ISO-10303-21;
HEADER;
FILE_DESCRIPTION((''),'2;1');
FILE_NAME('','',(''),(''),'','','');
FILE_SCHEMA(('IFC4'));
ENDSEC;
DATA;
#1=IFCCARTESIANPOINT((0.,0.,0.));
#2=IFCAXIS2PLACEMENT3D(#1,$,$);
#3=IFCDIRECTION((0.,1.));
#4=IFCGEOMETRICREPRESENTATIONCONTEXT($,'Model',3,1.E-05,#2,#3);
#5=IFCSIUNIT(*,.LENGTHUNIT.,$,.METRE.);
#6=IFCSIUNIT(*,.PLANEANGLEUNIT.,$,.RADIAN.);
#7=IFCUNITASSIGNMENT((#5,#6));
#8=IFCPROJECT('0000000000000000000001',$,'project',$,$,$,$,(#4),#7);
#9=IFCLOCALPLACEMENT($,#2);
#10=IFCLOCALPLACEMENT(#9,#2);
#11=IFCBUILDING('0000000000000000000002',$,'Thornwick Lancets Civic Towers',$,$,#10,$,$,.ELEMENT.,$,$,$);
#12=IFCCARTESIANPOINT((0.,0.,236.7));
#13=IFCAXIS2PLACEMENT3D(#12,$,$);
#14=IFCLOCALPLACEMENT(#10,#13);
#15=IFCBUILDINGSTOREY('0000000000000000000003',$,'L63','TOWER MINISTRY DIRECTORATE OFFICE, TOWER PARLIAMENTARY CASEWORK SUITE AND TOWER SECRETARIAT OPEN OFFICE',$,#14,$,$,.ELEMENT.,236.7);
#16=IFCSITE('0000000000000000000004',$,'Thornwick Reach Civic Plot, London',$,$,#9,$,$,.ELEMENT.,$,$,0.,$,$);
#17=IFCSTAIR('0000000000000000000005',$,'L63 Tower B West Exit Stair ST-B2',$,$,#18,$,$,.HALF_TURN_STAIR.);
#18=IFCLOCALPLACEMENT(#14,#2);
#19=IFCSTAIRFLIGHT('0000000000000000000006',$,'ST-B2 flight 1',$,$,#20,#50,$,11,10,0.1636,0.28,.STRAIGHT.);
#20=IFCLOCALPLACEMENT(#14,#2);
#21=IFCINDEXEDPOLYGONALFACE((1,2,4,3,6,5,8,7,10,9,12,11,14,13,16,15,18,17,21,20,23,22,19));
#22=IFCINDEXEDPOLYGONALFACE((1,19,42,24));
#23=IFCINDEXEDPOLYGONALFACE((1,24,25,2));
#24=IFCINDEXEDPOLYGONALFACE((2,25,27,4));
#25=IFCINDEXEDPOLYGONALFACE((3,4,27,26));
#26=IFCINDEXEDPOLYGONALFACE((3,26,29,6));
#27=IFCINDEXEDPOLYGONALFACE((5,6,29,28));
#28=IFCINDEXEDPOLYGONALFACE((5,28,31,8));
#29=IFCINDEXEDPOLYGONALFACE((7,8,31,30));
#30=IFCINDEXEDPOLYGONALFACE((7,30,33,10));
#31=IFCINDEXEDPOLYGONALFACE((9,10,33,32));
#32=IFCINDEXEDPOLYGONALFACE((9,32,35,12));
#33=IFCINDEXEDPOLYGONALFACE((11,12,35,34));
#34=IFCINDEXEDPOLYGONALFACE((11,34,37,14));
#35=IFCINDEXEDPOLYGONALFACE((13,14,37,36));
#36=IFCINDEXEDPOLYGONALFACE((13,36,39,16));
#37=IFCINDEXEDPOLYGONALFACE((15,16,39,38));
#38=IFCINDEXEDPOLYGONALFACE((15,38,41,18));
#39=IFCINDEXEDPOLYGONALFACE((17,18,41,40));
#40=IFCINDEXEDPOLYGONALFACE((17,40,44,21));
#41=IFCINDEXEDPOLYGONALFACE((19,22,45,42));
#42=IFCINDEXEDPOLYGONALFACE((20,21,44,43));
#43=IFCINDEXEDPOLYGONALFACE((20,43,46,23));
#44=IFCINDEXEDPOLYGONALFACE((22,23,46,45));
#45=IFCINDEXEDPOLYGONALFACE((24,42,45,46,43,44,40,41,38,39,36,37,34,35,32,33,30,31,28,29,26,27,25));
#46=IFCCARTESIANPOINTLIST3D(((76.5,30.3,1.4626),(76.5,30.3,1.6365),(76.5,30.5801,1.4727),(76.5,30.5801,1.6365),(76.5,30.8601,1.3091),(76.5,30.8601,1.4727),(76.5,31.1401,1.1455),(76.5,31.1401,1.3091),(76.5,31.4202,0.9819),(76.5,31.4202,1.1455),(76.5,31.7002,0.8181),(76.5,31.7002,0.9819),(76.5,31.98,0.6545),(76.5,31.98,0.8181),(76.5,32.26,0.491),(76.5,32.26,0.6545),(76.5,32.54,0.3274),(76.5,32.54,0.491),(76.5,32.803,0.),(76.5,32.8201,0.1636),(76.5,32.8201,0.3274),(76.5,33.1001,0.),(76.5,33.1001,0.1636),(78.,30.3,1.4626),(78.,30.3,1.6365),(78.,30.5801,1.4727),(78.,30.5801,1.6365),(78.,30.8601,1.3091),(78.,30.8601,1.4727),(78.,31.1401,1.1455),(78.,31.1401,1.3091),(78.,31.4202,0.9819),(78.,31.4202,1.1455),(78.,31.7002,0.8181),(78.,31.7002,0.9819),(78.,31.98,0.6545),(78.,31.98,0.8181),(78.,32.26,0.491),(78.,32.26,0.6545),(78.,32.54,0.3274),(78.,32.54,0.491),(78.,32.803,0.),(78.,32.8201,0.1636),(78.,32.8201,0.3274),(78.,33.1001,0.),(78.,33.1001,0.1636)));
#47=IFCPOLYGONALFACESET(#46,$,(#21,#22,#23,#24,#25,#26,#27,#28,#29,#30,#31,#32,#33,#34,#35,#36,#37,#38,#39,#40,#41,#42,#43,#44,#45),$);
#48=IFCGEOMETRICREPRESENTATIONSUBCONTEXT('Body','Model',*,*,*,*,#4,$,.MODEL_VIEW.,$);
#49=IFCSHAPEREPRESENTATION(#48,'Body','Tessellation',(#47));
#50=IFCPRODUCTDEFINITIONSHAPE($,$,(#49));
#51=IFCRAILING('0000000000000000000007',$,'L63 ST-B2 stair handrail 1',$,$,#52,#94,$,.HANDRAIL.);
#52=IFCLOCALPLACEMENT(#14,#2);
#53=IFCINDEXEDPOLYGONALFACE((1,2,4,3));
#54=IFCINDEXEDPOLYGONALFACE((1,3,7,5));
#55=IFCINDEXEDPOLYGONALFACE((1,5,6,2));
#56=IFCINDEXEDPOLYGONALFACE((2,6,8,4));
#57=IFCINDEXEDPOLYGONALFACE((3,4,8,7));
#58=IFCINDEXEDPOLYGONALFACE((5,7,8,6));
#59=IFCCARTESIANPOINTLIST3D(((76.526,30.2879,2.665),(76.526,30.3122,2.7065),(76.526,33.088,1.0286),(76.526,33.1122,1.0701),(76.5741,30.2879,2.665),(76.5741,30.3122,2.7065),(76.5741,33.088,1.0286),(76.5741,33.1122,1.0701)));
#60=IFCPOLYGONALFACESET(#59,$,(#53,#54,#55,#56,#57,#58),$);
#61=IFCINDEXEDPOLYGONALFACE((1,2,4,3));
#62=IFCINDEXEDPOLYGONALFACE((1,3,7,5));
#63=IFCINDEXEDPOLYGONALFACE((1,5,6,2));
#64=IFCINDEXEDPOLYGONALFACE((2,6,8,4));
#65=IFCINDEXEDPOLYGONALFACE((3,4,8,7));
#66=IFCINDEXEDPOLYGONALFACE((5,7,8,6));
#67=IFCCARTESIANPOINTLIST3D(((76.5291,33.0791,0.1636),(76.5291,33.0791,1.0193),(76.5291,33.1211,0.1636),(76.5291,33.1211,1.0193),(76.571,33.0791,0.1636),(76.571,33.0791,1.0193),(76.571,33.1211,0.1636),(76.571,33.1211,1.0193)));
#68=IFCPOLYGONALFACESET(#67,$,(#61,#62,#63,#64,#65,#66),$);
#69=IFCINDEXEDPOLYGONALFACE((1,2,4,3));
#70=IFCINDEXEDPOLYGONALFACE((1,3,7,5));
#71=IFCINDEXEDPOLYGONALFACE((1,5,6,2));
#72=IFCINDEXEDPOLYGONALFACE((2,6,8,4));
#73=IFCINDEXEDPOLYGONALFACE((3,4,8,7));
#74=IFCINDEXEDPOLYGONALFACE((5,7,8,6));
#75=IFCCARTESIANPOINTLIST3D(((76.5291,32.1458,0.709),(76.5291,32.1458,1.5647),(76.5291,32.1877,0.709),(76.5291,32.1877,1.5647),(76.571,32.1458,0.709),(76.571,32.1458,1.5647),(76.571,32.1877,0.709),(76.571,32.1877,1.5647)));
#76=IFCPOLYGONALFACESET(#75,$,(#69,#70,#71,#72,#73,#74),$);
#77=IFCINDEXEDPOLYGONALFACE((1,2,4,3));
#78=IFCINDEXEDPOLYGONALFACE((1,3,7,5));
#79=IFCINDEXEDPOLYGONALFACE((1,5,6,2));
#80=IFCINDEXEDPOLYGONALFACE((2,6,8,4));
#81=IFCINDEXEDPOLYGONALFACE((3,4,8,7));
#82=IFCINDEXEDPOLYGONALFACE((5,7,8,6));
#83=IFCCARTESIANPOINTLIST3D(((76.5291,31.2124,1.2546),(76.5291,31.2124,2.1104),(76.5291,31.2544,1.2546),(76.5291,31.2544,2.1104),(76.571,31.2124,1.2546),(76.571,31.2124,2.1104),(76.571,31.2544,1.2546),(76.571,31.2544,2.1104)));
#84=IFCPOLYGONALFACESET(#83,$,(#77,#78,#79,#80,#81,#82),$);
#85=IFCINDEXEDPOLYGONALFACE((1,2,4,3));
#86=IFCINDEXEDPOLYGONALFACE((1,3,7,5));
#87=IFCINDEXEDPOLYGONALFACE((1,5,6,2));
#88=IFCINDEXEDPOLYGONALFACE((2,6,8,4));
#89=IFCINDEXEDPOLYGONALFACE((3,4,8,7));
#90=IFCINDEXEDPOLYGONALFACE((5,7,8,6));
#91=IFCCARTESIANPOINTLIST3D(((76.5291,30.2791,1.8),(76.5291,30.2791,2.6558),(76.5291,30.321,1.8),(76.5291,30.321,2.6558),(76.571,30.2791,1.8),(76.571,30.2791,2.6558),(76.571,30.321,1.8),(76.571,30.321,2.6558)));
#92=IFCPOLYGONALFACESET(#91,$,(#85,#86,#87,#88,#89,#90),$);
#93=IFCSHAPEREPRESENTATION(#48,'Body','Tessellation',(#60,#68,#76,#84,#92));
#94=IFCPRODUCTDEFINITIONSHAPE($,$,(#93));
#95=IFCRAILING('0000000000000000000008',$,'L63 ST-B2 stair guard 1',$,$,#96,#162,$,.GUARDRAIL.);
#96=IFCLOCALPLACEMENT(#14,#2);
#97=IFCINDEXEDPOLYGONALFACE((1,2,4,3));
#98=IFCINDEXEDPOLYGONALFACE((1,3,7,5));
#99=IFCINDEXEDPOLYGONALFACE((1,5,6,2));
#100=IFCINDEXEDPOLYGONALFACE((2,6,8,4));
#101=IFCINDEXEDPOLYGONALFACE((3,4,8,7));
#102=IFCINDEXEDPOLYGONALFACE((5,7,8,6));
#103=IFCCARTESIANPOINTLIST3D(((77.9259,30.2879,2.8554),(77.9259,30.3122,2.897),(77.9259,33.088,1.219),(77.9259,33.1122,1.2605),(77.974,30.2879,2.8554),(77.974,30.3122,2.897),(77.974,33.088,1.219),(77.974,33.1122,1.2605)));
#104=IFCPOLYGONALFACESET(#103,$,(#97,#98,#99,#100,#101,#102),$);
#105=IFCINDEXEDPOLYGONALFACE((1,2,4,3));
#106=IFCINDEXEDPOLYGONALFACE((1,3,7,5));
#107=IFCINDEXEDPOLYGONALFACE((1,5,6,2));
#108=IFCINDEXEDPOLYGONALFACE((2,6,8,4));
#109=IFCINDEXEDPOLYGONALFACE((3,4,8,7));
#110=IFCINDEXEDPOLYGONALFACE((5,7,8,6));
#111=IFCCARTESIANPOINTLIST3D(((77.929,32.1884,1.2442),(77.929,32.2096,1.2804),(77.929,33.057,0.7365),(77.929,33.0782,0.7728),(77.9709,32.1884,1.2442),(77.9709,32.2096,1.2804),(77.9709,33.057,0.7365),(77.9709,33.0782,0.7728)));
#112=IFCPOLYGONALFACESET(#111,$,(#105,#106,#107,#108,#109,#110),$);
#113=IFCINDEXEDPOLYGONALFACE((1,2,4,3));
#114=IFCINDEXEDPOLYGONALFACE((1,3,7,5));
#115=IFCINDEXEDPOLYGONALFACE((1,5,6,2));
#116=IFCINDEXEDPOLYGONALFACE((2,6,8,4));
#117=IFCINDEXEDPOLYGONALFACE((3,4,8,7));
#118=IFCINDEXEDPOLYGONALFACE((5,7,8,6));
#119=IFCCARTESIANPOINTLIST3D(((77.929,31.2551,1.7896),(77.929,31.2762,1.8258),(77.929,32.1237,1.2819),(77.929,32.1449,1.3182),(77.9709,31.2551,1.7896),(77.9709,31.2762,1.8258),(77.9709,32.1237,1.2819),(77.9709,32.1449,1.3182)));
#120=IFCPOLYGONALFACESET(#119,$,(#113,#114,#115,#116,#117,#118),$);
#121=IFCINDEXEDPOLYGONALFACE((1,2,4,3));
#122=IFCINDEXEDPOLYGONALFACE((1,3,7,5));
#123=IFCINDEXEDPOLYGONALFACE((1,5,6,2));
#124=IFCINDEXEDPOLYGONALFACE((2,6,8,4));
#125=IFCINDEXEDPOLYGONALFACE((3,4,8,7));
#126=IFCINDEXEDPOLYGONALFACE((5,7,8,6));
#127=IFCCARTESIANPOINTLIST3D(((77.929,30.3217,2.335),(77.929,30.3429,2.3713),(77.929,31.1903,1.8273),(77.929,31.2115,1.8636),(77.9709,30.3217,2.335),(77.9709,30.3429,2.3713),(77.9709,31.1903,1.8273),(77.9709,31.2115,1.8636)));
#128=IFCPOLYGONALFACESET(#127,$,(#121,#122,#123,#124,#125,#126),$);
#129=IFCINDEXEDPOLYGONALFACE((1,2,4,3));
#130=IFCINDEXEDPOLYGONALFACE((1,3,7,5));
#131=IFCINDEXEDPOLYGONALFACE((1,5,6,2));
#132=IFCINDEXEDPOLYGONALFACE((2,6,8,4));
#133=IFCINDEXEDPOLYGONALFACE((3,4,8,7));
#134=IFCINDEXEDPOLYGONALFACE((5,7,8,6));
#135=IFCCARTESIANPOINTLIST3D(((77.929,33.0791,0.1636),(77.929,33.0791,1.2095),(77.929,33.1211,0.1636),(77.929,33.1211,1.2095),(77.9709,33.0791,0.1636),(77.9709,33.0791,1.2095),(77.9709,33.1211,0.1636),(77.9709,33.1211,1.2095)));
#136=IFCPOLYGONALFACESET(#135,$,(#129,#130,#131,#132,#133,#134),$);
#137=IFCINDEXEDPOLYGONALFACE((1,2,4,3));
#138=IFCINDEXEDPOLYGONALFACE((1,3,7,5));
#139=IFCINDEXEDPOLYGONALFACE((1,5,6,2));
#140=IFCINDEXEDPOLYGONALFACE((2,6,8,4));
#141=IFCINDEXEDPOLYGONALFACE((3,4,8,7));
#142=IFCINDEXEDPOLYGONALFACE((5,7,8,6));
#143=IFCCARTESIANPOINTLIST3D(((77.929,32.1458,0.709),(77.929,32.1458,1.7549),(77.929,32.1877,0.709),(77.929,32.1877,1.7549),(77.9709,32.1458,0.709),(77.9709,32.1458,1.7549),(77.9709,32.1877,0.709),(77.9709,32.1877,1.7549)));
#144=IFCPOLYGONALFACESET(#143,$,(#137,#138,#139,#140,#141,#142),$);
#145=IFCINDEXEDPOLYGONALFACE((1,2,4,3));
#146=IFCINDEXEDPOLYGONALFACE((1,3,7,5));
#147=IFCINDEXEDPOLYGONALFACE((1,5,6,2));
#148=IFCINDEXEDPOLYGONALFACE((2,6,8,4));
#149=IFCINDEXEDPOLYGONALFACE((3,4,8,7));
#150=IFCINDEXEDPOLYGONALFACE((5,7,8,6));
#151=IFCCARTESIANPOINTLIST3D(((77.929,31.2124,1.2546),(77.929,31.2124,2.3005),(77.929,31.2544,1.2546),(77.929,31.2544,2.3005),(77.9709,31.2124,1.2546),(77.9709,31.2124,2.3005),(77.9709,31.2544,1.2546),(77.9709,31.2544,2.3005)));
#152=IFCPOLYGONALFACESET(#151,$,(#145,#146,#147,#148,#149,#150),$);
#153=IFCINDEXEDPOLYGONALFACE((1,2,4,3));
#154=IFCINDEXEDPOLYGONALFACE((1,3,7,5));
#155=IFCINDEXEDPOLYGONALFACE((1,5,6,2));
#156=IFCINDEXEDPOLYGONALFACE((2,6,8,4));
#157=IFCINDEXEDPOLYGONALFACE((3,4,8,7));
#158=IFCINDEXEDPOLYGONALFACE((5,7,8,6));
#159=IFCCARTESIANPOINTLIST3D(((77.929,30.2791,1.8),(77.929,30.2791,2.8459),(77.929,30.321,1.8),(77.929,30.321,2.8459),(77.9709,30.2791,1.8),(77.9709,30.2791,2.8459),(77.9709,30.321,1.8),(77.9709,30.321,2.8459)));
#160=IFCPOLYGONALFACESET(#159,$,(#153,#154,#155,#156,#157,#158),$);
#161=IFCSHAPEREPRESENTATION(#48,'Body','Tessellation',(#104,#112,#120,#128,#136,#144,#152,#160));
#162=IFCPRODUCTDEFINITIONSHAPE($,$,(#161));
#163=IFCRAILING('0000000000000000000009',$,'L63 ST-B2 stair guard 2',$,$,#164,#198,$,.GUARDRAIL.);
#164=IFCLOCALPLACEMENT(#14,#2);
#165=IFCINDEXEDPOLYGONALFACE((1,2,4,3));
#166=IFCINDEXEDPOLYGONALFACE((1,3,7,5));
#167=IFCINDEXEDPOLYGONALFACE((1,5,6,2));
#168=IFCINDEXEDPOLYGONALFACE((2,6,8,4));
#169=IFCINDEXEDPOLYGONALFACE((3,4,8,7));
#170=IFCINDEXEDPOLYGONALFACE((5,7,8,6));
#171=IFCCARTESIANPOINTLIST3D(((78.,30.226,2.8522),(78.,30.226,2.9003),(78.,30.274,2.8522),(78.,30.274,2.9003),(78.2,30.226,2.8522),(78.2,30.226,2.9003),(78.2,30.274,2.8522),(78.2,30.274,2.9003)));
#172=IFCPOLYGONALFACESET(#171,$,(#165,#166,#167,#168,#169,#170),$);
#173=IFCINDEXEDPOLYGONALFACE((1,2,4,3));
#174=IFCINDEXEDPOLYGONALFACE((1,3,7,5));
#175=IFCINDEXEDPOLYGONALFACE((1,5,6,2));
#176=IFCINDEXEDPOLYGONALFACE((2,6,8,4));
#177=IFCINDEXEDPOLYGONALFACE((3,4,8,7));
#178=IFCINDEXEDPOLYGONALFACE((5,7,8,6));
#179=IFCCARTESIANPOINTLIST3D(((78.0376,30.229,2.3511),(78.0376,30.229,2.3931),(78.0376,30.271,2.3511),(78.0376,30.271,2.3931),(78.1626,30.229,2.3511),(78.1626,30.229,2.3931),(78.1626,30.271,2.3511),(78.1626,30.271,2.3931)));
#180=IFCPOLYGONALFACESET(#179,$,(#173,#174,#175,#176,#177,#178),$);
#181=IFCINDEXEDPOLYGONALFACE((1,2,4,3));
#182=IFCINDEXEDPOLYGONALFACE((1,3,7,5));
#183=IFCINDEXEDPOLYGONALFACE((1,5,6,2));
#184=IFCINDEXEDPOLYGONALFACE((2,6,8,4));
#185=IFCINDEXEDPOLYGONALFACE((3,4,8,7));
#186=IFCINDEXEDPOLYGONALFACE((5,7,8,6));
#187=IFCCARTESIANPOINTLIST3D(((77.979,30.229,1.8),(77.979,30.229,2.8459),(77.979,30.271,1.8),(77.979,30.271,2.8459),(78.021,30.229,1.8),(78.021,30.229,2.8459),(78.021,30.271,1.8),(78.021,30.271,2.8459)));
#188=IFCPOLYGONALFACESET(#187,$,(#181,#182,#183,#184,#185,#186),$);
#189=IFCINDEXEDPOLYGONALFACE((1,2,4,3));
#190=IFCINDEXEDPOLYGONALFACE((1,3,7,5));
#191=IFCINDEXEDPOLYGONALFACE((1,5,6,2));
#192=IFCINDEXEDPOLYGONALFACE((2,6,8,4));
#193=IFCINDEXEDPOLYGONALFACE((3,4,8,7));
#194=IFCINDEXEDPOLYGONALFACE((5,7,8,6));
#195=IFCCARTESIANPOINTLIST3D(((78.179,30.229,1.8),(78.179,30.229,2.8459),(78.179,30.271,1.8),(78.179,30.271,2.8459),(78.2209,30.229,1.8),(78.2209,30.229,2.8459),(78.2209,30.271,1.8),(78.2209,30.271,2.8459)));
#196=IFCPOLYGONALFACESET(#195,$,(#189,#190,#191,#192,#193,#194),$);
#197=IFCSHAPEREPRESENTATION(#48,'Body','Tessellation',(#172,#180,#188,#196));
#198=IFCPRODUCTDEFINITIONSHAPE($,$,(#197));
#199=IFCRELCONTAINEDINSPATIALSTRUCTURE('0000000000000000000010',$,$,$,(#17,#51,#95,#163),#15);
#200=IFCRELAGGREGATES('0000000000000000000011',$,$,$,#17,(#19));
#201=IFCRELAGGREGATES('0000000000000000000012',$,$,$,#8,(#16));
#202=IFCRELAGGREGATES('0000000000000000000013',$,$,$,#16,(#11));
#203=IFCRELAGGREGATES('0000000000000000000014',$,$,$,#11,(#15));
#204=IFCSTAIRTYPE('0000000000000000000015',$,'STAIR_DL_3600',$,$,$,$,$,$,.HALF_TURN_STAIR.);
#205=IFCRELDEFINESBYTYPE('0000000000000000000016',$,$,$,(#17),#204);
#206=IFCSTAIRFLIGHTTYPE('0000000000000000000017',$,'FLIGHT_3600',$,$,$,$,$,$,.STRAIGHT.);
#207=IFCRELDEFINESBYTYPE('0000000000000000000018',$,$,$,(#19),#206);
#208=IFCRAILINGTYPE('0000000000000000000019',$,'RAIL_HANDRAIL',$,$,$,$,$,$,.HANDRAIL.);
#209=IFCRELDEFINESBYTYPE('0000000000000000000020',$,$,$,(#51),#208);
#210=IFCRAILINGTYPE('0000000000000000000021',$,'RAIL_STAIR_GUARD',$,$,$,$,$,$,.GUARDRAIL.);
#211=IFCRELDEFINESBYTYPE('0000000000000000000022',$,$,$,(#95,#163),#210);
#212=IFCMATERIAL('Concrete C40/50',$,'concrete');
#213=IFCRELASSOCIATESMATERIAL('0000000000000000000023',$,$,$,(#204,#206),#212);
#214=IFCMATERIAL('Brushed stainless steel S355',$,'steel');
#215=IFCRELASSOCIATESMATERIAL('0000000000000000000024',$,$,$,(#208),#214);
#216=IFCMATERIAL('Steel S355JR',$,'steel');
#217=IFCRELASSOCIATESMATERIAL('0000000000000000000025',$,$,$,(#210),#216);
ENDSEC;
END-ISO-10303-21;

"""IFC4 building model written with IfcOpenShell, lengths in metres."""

from ifc_helpers import new_model, si_unit, direction, frame, origin, origin_2d, place, context, subcontext, project, spatial, polyline, rectangle, outline, extrude, material, type_object, element, aggregate, save


model = new_model("IFC4")

# Units and contexts
model_context = context("Model", 3, precision=1e-05, world=origin(), true_north=direction((0.0, 1.0)))
body_context = subcontext(model_context, "Body", "Model", "MODEL_VIEW")
ifc_project = project(units=[si_unit("LENGTHUNIT", "METRE"), si_unit("PLANEANGLEUNIT", "RADIAN")], contexts=[model_context])

# Site, building, storey
site_placement = place(None, origin())
site = spatial("IfcSite", under=ifc_project, at=site_placement, Name="Thornwick Reach Civic Plot, London", CompositionType="ELEMENT", RefElevation=0.0)
building_placement = place(site_placement, origin())
building = spatial("IfcBuilding", under=site, at=building_placement, Name="Thornwick Lancets Civic Towers", CompositionType="ELEMENT")
storey_placement = place(building_placement, frame((0.0, 0.0, 236.7)))
storey = spatial("IfcBuildingStorey", under=building, at=storey_placement, Name="L63", Description="TOWER MINISTRY DIRECTORATE OFFICE, TOWER PARLIAMENTARY CASEWORK SUITE AND TOWER SECRETARIAT OPEN OFFICE", CompositionType="ELEMENT", Elevation=236.7)

# Shared definitions
ifc_material_1 = material(Name="Steel S355JR", Category="steel")
ifc_material_2 = material(Name="Concrete C40/50", Category="concrete")

# Stair, stair flight
stair_type = type_object("IfcStairType", Name="STAIR_DL_3600", PredefinedType="HALF_TURN_STAIR", material=ifc_material_2)
stair_placement = place(storey_placement, origin())
stair = element("IfcStair", 1, at=stair_placement, inside=storey, type_object=stair_type, Name="L63 Tower B West Exit Stair ST-B2", PredefinedType="HALF_TURN_STAIR")
stair_flight_type = type_object("IfcStairFlightType", Name="FLIGHT_3600", PredefinedType="STRAIGHT", material=ifc_material_2)
stair_flight_placement = place(storey_placement, frame((77.25, 33.1001, 0.0), z_axis=(0.0, 0.0, 1.0), x_axis=(0.0, -1.0, 0.0)))
stair_flight = element("IfcStairFlight", 2, at=stair_flight_placement, type_object=stair_flight_type, Name="ST-B2 flight 1", NumberOfRisers=11, NumberOfTreads=10, PredefinedType="STRAIGHT", RiserHeight=0.1636, TreadLength=0.28, context=body_context, shape_type="SweptSolid", body=[
    extrude(outline(polyline([(0.0, 0.0), (0.0, 0.1636), (0.28, 0.1636), (0.28, 0.3274), (0.5601, 0.3274), (0.5601, 0.491), (0.8401, 0.491), (0.8401, 0.6545), (1.1201, 0.6545), (1.1201, 0.8181), (1.3999, 0.8181), (1.3999, 0.9819), (1.6799, 0.9819), (1.6799, 1.1455), (1.96, 1.1455), (1.96, 1.3091), (2.24, 1.3091), (2.24, 1.4727), (2.52, 1.4727), (2.52, 1.6365), (2.8, 1.6365), (2.8, 1.8), (2.8, 1.4626), (0.2971, 0.0), (0.0, 0.0)])), frame((0.0, 0.75, 0.0), z_axis=(0.0, -1.0, 0.0), x_axis=(1.0, 0.0, 0.0)), (0.0, 0.0, 1.0), 1.5),
])
aggregate(stair, [stair_flight])

# Railings
ifc_material_3 = material(Name="Brushed stainless steel S355", Category="steel")
railing_type_1 = type_object("IfcRailingType", Name="RAIL_HANDRAIL", PredefinedType="HANDRAIL", material=ifc_material_3)
railing_1_placement = place(storey_placement, frame((76.55, 33.1001, 0.1636)))
element("IfcRailing", 3, at=railing_1_placement, inside=storey, type_object=railing_type_1, Name="L63 ST-B2 stair handrail 1", PredefinedType="HANDRAIL", context=body_context, shape_type="SweptSolid", body=[
    extrude(rectangle(XDim=0.0481, YDim=0.0481, at=origin_2d()), frame((0.0, 0.0, 0.8857), z_axis=(0.0, -0.863361, 0.504587), x_axis=(1.0, 0.0, 0.0)), (0.0, 0.0, 1.0), 3.2432),
    extrude(rectangle(XDim=0.042, YDim=0.042, at=origin_2d()), origin(), (0.0, 0.0, 1.0), 0.8557),
    extrude(rectangle(XDim=0.042, YDim=0.042, at=origin_2d()), frame((0.0, -0.9333, 0.5454)), (0.0, 0.0, 1.0), 0.8557),
    extrude(rectangle(XDim=0.042, YDim=0.042, at=origin_2d()), frame((0.0, -1.8667, 1.0911)), (0.0, 0.0, 1.0), 0.8557),
    extrude(rectangle(XDim=0.042, YDim=0.042, at=origin_2d()), frame((0.0, -2.8, 1.6365)), (0.0, 0.0, 1.0), 0.8557),
])
railing_type_2 = type_object("IfcRailingType", Name="RAIL_STAIR_GUARD", PredefinedType="GUARDRAIL", material=ifc_material_1)
railing_2_placement = place(storey_placement, frame((77.95, 33.1001, 0.1636)))
element("IfcRailing", 4, at=railing_2_placement, inside=storey, type_object=railing_type_2, Name="L63 ST-B2 stair guard 1", PredefinedType="GUARDRAIL", context=body_context, shape_type="SweptSolid", body=[
    extrude(rectangle(XDim=0.0481, YDim=0.0481, at=origin_2d()), frame((0.0, 0.0, 1.0762), z_axis=(0.0, -0.863361, 0.504587), x_axis=(1.0, 0.0, 0.0)), (0.0, 0.0, 1.0), 3.2432),
    extrude(rectangle(XDim=0.042, YDim=0.042, at=origin_2d()), frame((0.0, -0.0325, 0.5911), z_axis=(0.0, -0.863361, 0.504587), x_axis=(1.0, 0.0, 0.0)), (0.0, 0.0, 1.0), 1.0061),
    extrude(rectangle(XDim=0.042, YDim=0.042, at=origin_2d()), frame((0.0, -0.9658, 1.1365), z_axis=(0.0, -0.863361, 0.504587), x_axis=(1.0, 0.0, 0.0)), (0.0, 0.0, 1.0), 1.0061),
    extrude(rectangle(XDim=0.042, YDim=0.042, at=origin_2d()), frame((0.0, -1.8992, 1.6819), z_axis=(0.0, -0.863361, 0.504587), x_axis=(1.0, 0.0, 0.0)), (0.0, 0.0, 1.0), 1.0061),
    extrude(rectangle(XDim=0.042, YDim=0.042, at=origin_2d()), origin(), (0.0, 0.0, 1.0), 1.0459),
    extrude(rectangle(XDim=0.042, YDim=0.042, at=origin_2d()), frame((0.0, -0.9333, 0.5454)), (0.0, 0.0, 1.0), 1.0459),
    extrude(rectangle(XDim=0.042, YDim=0.042, at=origin_2d()), frame((0.0, -1.8667, 1.0911)), (0.0, 0.0, 1.0), 1.0459),
    extrude(rectangle(XDim=0.042, YDim=0.042, at=origin_2d()), frame((0.0, -2.8, 1.6365)), (0.0, 0.0, 1.0), 1.0459),
])
for number, where, name in (
    (5, (78.0, 30.25, 1.8), "L63 ST-B2 stair guard 2"),
):
    element("IfcRailing", number, at=place(storey_placement, frame(where)), inside=storey, type_object=railing_type_2, Name=name, PredefinedType="GUARDRAIL", context=body_context, shape_type="SweptSolid", body=[
        extrude(rectangle(XDim=0.0481, YDim=0.0481, at=origin_2d()), frame((0.0, 0.0, 1.0762), z_axis=(1.0, 0.0, 0.0), x_axis=(0.0, 1.0, 0.0)), (0.0, 0.0, 1.0), 0.2),
        extrude(rectangle(XDim=0.042, YDim=0.042, at=origin_2d()), frame((0.0376, 0.0, 0.572), z_axis=(1.0, 0.0, 0.0), x_axis=(0.0, 1.0, 0.0)), (0.0, 0.0, 1.0), 0.125),
        extrude(rectangle(XDim=0.042, YDim=0.042, at=origin_2d()), origin(), (0.0, 0.0, 1.0), 1.0459),
        extrude(rectangle(XDim=0.042, YDim=0.042, at=origin_2d()), frame((0.2, 0.0, 0.0)), (0.0, 0.0, 1.0), 1.0459),
    ])

save(model, "model.ifc")
